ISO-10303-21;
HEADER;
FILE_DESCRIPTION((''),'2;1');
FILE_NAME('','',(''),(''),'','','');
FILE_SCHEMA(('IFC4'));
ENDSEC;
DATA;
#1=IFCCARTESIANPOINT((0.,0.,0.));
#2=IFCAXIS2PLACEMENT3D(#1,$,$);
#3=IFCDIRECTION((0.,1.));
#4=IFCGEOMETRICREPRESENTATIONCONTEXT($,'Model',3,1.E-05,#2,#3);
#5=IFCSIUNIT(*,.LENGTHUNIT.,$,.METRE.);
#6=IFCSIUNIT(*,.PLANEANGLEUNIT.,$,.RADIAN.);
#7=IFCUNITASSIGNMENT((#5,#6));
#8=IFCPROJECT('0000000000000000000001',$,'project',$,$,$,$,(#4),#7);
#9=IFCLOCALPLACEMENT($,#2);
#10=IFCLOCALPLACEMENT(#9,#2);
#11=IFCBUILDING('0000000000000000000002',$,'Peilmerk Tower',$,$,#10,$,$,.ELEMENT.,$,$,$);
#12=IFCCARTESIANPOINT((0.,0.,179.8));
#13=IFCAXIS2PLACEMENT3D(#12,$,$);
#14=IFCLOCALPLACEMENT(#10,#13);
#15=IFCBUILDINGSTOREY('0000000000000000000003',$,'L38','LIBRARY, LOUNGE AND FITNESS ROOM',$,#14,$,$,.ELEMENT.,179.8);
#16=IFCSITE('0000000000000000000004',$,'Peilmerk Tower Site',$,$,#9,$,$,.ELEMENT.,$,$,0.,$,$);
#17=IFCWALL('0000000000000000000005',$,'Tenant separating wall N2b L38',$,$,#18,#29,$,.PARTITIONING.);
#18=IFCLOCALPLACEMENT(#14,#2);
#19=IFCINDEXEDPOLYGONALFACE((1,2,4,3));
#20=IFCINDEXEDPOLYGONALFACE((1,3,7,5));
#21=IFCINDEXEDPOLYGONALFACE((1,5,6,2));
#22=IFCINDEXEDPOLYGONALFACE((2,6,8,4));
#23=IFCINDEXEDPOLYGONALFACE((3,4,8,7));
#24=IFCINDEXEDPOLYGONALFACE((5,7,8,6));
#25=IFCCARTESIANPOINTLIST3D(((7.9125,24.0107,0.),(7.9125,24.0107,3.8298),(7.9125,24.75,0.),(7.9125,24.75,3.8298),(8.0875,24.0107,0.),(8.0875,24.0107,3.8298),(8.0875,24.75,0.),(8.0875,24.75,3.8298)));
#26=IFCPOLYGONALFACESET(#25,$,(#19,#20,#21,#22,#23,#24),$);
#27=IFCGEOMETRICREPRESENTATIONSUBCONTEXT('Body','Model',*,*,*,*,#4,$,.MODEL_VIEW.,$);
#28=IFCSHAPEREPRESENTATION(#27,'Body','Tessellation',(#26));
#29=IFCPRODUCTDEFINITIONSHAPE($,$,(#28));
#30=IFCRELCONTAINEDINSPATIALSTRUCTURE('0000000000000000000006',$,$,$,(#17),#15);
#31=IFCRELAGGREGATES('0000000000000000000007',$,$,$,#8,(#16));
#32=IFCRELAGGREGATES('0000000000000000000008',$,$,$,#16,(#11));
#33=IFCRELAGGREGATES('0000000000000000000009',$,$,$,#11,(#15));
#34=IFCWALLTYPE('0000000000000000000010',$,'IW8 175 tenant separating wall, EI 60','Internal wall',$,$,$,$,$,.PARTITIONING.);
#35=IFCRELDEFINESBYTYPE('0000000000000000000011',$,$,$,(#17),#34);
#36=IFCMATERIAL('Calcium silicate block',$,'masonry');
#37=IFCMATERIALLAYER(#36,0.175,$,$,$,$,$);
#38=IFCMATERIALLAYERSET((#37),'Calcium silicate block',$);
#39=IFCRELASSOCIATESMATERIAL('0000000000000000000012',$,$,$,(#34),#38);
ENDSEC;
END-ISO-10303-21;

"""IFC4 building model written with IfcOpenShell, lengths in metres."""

from ifc_helpers import new_model, si_unit, direction, frame, frame_2d, origin, place, context, subcontext, project, spatial, rectangle, extrude, material, layer, layer_set, type_object, element, save


model = new_model("IFC4")

# Units and contexts
model_context = context("Model", 3, precision=1e-05, world=origin(), true_north=direction((0.0, 1.0)))
body_context = subcontext(model_context, "Body", "Model", "MODEL_VIEW")
ifc_project = project(units=[si_unit("LENGTHUNIT", "METRE"), si_unit("PLANEANGLEUNIT", "RADIAN")], contexts=[model_context])

# Site, building, storey
site_placement = place(None, origin())
site = spatial("IfcSite", under=ifc_project, at=site_placement, Name="Peilmerk Tower Site", CompositionType="ELEMENT", RefElevation=0.0)
building_placement = place(site_placement, origin())
building = spatial("IfcBuilding", under=site, at=building_placement, Name="Peilmerk Tower", CompositionType="ELEMENT")
storey_placement = place(building_placement, frame((0.0, 0.0, 179.8)))
storey = spatial("IfcBuildingStorey", under=building, at=storey_placement, Name="L38", Description="LIBRARY, LOUNGE AND FITNESS ROOM", CompositionType="ELEMENT", Elevation=179.8)

# Wall
ifc_material_1 = material(Name="Calcium silicate block", Category="masonry")
ifc_layer_1 = layer(ifc_material_1, 0.175)
ifc_layer_set_1 = layer_set([ifc_layer_1], Name="Calcium silicate block")
wall_type_1 = type_object("IfcWallType", Name="IW8 175 tenant separating wall, EI 60", Description="Internal wall", PredefinedType="PARTITIONING", material=ifc_layer_set_1)
wall_1_placement = place(storey_placement, frame((8.0, 24.0107, 0.0), z_axis=(0.0, 0.0, 1.0), x_axis=(0.0, 1.0, 0.0)))
element("IfcWall", 1, at=wall_1_placement, inside=storey, type_object=wall_type_1, Name="Tenant separating wall N2b L38", PredefinedType="PARTITIONING", context=body_context, shape_type="SweptSolid", body=[
    extrude(rectangle(XDim=0.7393, YDim=0.175, at=frame_2d((0.3696, 0.0))), origin(), (0.0, 0.0, 1.0), 3.8298),
])

save(model, "model.ifc")
